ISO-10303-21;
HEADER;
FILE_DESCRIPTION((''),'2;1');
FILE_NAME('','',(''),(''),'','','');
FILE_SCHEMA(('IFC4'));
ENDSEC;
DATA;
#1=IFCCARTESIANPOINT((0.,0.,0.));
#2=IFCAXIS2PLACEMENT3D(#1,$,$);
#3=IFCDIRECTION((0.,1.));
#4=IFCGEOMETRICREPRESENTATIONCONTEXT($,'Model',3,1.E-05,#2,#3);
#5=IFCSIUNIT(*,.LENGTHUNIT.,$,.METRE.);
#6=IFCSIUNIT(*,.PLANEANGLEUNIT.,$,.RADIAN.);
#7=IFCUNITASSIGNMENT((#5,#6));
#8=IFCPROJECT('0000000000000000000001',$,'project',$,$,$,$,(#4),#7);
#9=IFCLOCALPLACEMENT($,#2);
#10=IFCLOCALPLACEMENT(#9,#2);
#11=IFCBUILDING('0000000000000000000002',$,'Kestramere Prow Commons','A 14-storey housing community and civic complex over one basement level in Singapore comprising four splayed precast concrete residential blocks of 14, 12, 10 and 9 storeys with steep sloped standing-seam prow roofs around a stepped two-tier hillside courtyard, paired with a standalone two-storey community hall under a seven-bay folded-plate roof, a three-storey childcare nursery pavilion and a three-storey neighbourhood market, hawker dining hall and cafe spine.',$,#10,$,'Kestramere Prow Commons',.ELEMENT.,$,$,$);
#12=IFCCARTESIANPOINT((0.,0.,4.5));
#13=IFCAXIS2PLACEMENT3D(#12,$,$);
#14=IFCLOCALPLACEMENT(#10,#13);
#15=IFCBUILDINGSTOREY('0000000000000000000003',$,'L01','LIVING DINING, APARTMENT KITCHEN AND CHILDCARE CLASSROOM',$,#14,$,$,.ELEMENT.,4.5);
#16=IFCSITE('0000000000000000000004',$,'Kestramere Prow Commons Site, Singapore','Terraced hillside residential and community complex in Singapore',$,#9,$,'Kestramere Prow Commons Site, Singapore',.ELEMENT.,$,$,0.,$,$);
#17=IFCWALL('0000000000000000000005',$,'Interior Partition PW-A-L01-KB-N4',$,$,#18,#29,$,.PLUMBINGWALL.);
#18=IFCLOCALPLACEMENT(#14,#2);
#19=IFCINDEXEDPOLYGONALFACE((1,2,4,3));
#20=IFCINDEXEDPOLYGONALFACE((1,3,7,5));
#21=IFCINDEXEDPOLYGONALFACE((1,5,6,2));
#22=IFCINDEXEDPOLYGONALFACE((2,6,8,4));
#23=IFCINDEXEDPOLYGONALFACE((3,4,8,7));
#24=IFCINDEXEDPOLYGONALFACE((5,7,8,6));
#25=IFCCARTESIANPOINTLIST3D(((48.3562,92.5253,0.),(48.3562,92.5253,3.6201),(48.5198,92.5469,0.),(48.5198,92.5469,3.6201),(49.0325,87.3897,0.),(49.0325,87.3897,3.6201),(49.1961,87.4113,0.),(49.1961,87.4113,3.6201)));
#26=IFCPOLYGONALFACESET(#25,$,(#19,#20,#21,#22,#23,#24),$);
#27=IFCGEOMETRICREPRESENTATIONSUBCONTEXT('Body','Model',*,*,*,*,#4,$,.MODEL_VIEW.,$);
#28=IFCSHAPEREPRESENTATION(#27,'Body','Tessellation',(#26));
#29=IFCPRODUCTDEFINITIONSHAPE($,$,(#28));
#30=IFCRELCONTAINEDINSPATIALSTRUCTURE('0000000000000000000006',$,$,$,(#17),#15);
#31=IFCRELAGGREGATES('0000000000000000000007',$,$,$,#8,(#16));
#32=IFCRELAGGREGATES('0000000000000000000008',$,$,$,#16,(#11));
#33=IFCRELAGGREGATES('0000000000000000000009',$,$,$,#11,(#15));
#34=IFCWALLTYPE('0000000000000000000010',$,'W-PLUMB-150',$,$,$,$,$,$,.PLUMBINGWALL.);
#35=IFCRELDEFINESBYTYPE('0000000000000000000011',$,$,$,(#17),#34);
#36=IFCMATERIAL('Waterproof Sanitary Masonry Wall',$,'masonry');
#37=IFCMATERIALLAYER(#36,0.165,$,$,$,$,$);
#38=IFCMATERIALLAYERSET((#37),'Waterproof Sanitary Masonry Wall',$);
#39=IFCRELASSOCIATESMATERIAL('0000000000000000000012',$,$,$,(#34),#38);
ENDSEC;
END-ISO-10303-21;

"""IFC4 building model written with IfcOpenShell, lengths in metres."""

from ifc_helpers import new_model, si_unit, direction, frame, frame_2d, origin, place, context, subcontext, project, spatial, rectangle, extrude, material, layer, layer_set, type_object, element, save


model = new_model("IFC4")

# Units and contexts
model_context = context("Model", 3, precision=1e-05, world=origin(), true_north=direction((0.0, 1.0)))
body_context = subcontext(model_context, "Body", "Model", "MODEL_VIEW")
ifc_project = project(units=[si_unit("LENGTHUNIT", "METRE"), si_unit("PLANEANGLEUNIT", "RADIAN")], contexts=[model_context])

# Site, building, storey
site_placement = place(None, origin())
site = spatial("IfcSite", under=ifc_project, at=site_placement, Name="Kestramere Prow Commons Site, Singapore", Description="Terraced hillside residential and community complex in Singapore", LongName="Kestramere Prow Commons Site, Singapore", CompositionType="ELEMENT", RefElevation=0.0)
building_placement = place(site_placement, origin())
building = spatial("IfcBuilding", under=site, at=building_placement, Name="Kestramere Prow Commons", Description="A 14-storey housing community and civic complex over one basement level in Singapore comprising four splayed precast concrete residential blocks of 14, 12, 10 and 9 storeys with steep sloped standing-seam prow roofs around a stepped two-tier hillside courtyard, paired with a standalone two-storey community hall under a seven-bay folded-plate roof, a three-storey childcare nursery pavilion and a three-storey neighbourhood market, hawker dining hall and cafe spine.", LongName="Kestramere Prow Commons", CompositionType="ELEMENT")
storey_placement = place(building_placement, frame((0.0, 0.0, 4.5)))
storey = spatial("IfcBuildingStorey", under=building, at=storey_placement, Name="L01", Description="LIVING DINING, APARTMENT KITCHEN AND CHILDCARE CLASSROOM", CompositionType="ELEMENT", Elevation=4.5)

# Wall
ifc_material_1 = material(Name="Waterproof Sanitary Masonry Wall", Category="masonry")
ifc_layer_1 = layer(ifc_material_1, 0.165)
ifc_layer_set_1 = layer_set([ifc_layer_1], Name="Waterproof Sanitary Masonry Wall")
wall_type_1 = type_object("IfcWallType", Name="W-PLUMB-150", PredefinedType="PLUMBINGWALL", material=ifc_layer_set_1)
wall_1_placement = place(storey_placement, frame((49.1143, 87.4006, 0.0), z_axis=(0.0, 0.0, 1.0), x_axis=(-0.130558, 0.991441, 0.0)))
element("IfcWall", 1, at=wall_1_placement, inside=storey, type_object=wall_type_1, Name="Interior Partition PW-A-L01-KB-N4", PredefinedType="PLUMBINGWALL", context=body_context, shape_type="SweptSolid", body=[
    extrude(rectangle(XDim=5.1799, YDim=0.165, at=frame_2d((2.5898, 0.0))), origin(), (0.0, 0.0, 1.0), 3.6201),
])

save(model, "model.ifc")
